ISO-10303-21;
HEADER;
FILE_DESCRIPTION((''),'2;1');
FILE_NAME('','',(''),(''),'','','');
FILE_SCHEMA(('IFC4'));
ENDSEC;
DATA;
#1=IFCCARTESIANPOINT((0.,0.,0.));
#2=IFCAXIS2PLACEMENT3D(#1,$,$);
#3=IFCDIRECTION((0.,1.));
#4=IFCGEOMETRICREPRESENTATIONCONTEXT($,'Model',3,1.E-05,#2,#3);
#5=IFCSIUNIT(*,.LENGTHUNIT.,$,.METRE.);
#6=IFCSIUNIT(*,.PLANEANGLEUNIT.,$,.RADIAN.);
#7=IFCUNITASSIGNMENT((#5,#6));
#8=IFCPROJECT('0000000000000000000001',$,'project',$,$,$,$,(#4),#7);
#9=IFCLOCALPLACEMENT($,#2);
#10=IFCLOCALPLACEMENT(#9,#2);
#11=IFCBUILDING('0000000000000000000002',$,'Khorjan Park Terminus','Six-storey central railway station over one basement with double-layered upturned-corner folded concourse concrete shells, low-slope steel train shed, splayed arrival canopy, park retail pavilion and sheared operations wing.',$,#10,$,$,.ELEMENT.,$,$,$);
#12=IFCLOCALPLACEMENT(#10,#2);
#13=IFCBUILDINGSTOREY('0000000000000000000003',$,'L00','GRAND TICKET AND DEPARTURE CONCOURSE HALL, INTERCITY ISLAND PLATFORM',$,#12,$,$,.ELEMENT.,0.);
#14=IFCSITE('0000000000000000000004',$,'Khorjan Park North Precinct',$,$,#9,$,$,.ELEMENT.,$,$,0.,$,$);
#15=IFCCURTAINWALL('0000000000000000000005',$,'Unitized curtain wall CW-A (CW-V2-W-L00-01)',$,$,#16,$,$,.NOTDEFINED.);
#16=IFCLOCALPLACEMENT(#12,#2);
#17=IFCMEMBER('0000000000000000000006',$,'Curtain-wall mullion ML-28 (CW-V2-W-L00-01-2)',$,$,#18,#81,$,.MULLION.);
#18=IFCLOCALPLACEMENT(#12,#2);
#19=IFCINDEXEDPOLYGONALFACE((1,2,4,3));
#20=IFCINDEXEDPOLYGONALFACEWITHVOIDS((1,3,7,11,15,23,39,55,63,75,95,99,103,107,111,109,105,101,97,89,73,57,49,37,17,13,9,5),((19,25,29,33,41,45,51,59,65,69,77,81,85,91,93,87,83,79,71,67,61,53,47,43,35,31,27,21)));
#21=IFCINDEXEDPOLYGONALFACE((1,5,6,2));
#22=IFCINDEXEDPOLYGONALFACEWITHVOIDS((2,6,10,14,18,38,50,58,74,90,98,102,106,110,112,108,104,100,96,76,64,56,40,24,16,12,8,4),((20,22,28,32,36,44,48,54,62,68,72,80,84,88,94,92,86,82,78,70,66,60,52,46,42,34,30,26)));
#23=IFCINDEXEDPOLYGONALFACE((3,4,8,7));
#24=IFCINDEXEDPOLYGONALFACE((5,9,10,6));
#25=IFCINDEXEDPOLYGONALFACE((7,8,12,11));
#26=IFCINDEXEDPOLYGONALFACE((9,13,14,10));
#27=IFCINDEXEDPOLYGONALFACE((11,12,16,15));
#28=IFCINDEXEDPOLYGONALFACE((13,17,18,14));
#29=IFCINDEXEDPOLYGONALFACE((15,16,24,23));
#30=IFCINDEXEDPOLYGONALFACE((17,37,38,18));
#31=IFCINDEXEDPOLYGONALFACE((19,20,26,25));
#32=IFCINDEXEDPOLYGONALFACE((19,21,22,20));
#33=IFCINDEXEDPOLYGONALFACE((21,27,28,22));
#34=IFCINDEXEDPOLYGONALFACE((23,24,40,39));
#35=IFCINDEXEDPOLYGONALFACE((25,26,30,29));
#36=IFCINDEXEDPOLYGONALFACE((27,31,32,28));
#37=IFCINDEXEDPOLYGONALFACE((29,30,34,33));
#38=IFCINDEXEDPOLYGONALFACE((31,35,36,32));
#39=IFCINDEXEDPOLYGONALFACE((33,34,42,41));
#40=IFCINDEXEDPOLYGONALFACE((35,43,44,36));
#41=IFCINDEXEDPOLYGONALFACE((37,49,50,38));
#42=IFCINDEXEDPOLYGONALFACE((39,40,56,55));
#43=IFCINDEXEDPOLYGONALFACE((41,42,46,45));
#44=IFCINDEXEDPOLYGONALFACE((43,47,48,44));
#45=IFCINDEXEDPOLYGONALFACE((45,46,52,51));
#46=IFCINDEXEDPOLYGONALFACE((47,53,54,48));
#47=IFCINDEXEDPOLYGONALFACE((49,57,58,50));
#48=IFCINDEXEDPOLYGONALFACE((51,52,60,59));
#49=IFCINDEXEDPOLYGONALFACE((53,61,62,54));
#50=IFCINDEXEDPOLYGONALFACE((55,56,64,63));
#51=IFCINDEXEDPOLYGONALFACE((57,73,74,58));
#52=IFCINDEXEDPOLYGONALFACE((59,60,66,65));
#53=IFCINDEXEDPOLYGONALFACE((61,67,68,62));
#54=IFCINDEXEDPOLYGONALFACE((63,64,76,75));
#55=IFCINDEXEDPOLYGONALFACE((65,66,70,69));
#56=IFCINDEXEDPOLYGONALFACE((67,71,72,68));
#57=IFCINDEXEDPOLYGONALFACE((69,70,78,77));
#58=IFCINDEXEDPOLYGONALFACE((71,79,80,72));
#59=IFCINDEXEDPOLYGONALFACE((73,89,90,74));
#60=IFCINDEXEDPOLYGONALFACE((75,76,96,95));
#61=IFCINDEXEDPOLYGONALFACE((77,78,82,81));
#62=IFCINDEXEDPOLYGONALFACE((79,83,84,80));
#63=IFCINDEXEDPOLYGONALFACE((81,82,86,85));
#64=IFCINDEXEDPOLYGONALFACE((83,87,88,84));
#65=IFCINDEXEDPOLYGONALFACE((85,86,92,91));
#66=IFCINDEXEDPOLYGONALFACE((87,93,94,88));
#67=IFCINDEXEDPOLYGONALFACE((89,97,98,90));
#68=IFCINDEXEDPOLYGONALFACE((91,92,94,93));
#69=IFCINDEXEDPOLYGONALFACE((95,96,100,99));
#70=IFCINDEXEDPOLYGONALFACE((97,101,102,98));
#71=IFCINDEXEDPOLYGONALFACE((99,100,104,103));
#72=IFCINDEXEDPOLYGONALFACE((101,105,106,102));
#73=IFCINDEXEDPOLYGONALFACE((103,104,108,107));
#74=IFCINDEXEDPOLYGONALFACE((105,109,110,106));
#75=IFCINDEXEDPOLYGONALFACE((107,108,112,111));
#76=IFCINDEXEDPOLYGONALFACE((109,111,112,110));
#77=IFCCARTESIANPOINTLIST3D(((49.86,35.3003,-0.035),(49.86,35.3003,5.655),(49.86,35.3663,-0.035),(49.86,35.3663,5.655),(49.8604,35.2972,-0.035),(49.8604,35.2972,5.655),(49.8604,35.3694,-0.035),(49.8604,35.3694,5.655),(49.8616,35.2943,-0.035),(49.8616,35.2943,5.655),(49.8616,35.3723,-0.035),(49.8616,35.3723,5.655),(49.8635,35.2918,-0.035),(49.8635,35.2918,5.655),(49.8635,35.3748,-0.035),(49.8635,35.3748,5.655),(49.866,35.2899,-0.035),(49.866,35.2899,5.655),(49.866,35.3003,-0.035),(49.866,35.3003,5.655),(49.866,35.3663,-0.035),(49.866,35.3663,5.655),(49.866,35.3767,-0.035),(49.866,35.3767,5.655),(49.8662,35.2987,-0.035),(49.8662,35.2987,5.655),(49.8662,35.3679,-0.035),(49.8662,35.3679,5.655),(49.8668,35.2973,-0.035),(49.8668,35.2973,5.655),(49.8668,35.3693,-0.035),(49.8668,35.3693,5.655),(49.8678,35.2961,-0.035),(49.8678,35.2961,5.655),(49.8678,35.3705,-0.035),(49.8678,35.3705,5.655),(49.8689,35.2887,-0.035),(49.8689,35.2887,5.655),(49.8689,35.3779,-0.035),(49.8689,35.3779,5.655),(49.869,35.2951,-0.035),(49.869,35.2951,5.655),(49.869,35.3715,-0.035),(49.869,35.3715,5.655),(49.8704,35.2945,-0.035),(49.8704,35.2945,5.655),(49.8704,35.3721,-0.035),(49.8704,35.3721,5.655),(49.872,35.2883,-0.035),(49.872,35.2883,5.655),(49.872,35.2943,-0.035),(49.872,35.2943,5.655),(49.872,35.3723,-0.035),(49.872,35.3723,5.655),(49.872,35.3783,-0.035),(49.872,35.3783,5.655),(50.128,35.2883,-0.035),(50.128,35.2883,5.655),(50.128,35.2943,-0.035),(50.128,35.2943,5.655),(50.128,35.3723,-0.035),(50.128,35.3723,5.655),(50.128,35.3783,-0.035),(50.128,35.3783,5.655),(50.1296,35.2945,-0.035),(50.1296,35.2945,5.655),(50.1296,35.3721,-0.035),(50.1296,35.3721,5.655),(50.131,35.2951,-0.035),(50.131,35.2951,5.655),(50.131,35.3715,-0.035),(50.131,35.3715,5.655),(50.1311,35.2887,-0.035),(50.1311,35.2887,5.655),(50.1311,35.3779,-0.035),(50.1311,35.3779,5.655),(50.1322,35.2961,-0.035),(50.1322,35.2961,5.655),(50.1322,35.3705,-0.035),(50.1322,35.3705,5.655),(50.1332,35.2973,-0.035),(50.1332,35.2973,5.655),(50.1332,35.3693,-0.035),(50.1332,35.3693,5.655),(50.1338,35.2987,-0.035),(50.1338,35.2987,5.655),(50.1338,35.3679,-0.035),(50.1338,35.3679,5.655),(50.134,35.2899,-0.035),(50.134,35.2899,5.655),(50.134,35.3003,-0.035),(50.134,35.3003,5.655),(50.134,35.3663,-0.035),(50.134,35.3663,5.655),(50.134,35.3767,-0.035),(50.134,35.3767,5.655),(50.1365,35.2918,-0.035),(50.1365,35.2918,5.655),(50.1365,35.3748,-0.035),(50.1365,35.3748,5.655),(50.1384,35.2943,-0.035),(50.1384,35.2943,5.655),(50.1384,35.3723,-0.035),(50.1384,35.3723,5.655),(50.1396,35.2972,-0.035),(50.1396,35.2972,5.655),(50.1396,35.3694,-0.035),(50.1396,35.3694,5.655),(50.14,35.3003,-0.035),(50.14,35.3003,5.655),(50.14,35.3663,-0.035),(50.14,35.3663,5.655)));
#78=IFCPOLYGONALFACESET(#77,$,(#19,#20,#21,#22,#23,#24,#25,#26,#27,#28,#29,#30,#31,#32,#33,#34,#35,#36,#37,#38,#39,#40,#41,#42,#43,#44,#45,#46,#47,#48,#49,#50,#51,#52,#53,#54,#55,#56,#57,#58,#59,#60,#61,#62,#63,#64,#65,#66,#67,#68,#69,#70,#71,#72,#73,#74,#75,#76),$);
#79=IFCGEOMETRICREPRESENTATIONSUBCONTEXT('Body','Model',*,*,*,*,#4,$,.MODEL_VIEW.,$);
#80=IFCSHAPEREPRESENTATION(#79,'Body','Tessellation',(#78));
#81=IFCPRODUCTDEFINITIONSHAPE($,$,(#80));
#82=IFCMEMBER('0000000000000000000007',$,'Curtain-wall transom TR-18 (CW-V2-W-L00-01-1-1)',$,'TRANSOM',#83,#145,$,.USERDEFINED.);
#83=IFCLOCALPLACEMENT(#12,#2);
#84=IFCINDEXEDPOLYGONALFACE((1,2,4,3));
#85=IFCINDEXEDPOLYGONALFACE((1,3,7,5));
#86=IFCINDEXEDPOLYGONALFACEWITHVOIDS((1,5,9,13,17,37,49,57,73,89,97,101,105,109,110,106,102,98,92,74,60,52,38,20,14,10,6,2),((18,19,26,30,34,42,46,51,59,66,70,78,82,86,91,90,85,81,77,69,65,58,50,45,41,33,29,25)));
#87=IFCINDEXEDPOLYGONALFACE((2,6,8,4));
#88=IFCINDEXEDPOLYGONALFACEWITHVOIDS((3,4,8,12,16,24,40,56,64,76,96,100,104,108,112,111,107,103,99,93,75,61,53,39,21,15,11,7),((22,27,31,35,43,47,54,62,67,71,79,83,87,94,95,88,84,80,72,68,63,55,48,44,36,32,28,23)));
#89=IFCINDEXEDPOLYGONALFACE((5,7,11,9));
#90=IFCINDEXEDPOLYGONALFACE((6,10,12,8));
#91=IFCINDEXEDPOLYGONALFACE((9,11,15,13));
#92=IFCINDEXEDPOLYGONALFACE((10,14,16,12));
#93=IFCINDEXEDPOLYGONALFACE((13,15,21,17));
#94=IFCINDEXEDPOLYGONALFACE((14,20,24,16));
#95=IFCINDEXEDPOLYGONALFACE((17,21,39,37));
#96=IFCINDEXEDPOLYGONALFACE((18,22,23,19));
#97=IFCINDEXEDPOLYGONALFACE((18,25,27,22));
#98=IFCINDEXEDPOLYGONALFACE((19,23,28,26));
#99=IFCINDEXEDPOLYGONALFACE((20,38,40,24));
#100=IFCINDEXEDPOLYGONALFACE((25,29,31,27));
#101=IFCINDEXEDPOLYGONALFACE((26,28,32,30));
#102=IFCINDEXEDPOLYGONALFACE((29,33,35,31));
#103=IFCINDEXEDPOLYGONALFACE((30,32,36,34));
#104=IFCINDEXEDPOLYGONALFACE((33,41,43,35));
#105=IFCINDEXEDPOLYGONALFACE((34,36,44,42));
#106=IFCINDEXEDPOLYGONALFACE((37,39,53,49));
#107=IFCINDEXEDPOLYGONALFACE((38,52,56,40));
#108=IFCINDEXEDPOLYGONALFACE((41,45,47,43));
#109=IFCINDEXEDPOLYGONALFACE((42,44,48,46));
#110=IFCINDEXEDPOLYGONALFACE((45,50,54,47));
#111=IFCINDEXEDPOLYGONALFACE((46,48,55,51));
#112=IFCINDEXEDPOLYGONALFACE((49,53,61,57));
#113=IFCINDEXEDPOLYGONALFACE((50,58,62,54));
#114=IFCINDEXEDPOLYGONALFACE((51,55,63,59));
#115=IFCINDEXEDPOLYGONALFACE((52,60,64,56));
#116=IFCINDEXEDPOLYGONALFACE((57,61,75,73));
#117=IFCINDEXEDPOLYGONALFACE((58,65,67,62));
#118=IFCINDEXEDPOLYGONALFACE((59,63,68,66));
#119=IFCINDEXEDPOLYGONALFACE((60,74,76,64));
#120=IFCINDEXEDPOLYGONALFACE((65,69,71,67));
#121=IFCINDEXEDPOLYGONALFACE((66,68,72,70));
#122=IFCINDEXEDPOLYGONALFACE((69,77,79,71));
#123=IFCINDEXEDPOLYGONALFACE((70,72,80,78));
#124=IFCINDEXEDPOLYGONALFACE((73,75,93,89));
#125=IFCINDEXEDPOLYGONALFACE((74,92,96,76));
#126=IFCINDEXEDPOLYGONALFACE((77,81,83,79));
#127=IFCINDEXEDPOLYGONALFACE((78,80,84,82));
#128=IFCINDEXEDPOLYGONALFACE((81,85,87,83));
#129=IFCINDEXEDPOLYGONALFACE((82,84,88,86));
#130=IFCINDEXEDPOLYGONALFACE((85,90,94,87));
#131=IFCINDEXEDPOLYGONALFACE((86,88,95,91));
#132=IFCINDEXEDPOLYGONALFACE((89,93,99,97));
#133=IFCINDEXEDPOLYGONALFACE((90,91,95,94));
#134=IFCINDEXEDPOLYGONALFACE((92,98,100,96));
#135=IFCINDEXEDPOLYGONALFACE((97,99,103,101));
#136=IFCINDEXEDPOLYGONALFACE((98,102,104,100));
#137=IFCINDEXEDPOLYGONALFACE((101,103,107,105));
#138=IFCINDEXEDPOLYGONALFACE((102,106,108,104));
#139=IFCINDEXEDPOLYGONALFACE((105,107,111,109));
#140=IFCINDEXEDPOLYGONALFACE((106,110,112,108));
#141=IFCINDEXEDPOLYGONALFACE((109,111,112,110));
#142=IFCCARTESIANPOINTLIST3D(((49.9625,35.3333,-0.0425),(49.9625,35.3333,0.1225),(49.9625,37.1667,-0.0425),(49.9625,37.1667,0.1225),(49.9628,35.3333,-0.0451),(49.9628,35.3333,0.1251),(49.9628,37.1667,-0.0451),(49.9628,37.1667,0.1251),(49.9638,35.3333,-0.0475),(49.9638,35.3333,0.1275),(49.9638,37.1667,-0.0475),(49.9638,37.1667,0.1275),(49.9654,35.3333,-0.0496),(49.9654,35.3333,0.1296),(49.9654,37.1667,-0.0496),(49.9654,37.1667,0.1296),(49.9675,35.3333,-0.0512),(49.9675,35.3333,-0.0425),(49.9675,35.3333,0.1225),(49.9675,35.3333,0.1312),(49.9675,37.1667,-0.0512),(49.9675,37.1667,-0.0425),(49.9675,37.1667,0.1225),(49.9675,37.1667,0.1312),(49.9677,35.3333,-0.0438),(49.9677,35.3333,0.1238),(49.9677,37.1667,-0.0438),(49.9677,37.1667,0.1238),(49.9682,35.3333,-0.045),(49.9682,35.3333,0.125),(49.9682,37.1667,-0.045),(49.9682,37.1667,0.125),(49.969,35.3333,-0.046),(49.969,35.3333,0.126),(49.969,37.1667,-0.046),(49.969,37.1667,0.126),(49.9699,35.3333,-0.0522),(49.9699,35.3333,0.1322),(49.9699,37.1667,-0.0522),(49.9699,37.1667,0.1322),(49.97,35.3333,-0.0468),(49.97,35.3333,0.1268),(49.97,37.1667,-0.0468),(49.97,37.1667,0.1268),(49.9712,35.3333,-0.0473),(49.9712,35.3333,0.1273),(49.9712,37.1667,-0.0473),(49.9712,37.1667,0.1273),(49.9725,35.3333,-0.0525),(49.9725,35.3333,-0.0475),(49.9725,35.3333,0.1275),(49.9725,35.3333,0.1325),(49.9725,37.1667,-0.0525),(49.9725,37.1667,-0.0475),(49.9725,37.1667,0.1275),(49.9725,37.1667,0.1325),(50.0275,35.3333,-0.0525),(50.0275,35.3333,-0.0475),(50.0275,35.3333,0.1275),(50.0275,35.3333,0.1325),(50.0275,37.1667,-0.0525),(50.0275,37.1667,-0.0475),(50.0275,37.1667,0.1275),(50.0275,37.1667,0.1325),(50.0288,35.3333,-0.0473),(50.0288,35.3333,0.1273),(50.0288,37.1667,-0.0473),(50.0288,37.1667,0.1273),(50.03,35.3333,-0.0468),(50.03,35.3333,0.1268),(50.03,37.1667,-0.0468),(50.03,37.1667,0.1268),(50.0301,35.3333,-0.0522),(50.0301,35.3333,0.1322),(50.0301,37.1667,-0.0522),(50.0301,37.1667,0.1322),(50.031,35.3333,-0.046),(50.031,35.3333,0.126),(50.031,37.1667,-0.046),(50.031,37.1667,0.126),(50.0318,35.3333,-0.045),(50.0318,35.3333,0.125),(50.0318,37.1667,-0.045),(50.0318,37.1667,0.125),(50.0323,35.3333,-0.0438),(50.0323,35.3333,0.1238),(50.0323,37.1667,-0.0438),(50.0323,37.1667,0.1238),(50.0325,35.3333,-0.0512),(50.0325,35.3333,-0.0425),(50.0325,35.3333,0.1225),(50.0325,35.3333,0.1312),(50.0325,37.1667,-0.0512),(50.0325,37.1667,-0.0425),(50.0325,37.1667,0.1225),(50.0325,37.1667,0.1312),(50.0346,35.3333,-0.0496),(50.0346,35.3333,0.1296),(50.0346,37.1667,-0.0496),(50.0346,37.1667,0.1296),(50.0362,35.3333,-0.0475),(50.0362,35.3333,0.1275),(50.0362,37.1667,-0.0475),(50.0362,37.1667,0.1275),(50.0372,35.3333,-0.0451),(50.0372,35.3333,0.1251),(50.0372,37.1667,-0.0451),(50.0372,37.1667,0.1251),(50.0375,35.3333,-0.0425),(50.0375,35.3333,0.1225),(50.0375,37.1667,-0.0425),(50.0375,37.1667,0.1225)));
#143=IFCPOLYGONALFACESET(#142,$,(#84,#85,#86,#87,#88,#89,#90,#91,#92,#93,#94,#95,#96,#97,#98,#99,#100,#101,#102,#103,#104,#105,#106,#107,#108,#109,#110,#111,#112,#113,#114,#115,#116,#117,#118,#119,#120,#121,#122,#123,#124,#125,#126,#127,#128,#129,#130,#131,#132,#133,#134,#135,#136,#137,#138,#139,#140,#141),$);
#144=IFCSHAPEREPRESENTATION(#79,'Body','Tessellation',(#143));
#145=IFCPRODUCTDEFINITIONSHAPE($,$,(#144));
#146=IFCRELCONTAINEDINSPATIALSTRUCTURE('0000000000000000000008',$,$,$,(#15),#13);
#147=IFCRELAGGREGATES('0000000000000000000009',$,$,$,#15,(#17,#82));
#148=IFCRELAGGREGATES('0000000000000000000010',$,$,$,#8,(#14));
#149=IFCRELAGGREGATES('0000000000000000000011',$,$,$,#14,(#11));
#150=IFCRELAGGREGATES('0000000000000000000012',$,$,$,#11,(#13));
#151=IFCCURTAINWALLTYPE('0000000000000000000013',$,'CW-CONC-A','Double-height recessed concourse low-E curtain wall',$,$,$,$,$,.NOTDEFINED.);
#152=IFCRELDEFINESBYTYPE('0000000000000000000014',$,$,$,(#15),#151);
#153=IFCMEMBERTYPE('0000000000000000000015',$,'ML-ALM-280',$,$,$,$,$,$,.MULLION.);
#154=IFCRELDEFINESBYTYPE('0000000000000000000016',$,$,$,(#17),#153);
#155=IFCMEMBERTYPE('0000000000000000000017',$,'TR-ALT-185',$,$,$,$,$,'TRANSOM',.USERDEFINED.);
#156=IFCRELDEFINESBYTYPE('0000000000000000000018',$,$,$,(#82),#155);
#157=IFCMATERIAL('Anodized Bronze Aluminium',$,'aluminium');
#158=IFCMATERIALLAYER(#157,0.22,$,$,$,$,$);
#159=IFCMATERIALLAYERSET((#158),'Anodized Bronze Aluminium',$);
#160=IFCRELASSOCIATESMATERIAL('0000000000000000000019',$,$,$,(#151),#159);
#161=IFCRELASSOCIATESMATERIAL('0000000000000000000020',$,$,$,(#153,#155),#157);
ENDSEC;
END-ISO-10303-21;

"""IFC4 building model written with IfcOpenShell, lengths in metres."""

from ifc_helpers import new_model, si_unit, direction, frame, origin, origin_2d, place, context, subcontext, project, spatial, hollow_rectangle, extrude, material, layer, layer_set, material_profile, profile_set, type_object, element, aggregate, save


model = new_model("IFC4")

# Units and contexts
model_context = context("Model", 3, precision=1e-05, world=origin(), true_north=direction((0.0, 1.0)))
body_context = subcontext(model_context, "Body", "Model", "MODEL_VIEW")
ifc_project = project(units=[si_unit("LENGTHUNIT", "METRE"), si_unit("PLANEANGLEUNIT", "RADIAN")], contexts=[model_context])

# Site, building, storey
site_placement = place(None, origin())
site = spatial("IfcSite", under=ifc_project, at=site_placement, Name="Khorjan Park North Precinct", CompositionType="ELEMENT", RefElevation=0.0)
building_placement = place(site_placement, origin())
building = spatial("IfcBuilding", under=site, at=building_placement, Name="Khorjan Park Terminus", Description="Six-storey central railway station over one basement with double-layered upturned-corner folded concourse concrete shells, low-slope steel train shed, splayed arrival canopy, park retail pavilion and sheared operations wing.", CompositionType="ELEMENT")
storey_placement = place(building_placement, origin())
storey = spatial("IfcBuildingStorey", under=building, at=storey_placement, Name="L00", Description="GRAND TICKET AND DEPARTURE CONCOURSE HALL, INTERCITY ISLAND PLATFORM", CompositionType="ELEMENT", Elevation=0.0)

# Curtain wall, members
ifc_material_1 = material(Name="Anodized Bronze Aluminium", Category="aluminium")
ifc_layer_1 = layer(ifc_material_1, 0.22)
ifc_layer_set_1 = layer_set([ifc_layer_1], Name="Anodized Bronze Aluminium")
curtain_wall_type = type_object("IfcCurtainWallType", Name="CW-CONC-A", Description="Double-height recessed concourse low-E curtain wall", PredefinedType="NOTDEFINED", material=ifc_layer_set_1)
curtain_wall_placement = place(storey_placement, origin())
curtain_wall = element("IfcCurtainWall", 1, at=curtain_wall_placement, inside=storey, type_object=curtain_wall_type, Name="Unitized curtain wall CW-A (CW-V2-W-L00-01)", PredefinedType="NOTDEFINED")
ifc_material_profile_1 = material_profile(ifc_material_1, hollow_rectangle(XDim=0.09, YDim=0.28, WallThickness=0.006, InnerFilletRadius=0.006, OuterFilletRadius=0.012, at=origin_2d()), Name="ALM 90x280x6")
ifc_profile_set_1 = profile_set([ifc_material_profile_1], Name="Anodized Bronze Aluminium")
member_type_1 = type_object("IfcMemberType", Name="ML-ALM-280", PredefinedType="MULLION", material=ifc_profile_set_1)
member_1_placement = place(storey_placement, frame((50.0, 35.3333, -0.035), z_axis=(0.0, 0.0, 1.0), x_axis=(0.0, -1.0, 0.0)))
member_1 = element("IfcMember", 2, at=member_1_placement, type_object=member_type_1, Name="Curtain-wall mullion ML-28 (CW-V2-W-L00-01-2)", PredefinedType="MULLION", context=body_context, shape_type="SweptSolid", body=[
    extrude(hollow_rectangle(XDim=0.09, YDim=0.28, WallThickness=0.006, InnerFilletRadius=0.006, OuterFilletRadius=0.012, at=origin_2d()), origin(), (0.0, 0.0, 1.0), 5.69),
])
ifc_material_profile_2 = material_profile(ifc_material_1, hollow_rectangle(XDim=0.075, YDim=0.185, WallThickness=0.005, InnerFilletRadius=0.005, OuterFilletRadius=0.01, at=origin_2d()), Name="ALT 75x185x5")
ifc_profile_set_2 = profile_set([ifc_material_profile_2], Name="Anodized Bronze Aluminium")
member_type_2 = type_object("IfcMemberType", Name="TR-ALT-185", ElementType="TRANSOM", PredefinedType="USERDEFINED", material=ifc_profile_set_2)
member_2_placement = place(storey_placement, frame((50.0, 37.1667, 0.04), z_axis=(0.0, -1.0, 0.0), x_axis=(1.0, 0.0, 0.0)))
member_2 = element("IfcMember", 3, at=member_2_placement, type_object=member_type_2, Name="Curtain-wall transom TR-18 (CW-V2-W-L00-01-1-1)", ObjectType="TRANSOM", PredefinedType="USERDEFINED", context=body_context, shape_type="SweptSolid", body=[
    extrude(hollow_rectangle(XDim=0.075, YDim=0.185, WallThickness=0.005, InnerFilletRadius=0.005, OuterFilletRadius=0.01, at=origin_2d()), origin(), (0.0, 0.0, 1.0), 1.8334),
])
aggregate(curtain_wall, [member_1, member_2])

save(model, "model.ifc")
